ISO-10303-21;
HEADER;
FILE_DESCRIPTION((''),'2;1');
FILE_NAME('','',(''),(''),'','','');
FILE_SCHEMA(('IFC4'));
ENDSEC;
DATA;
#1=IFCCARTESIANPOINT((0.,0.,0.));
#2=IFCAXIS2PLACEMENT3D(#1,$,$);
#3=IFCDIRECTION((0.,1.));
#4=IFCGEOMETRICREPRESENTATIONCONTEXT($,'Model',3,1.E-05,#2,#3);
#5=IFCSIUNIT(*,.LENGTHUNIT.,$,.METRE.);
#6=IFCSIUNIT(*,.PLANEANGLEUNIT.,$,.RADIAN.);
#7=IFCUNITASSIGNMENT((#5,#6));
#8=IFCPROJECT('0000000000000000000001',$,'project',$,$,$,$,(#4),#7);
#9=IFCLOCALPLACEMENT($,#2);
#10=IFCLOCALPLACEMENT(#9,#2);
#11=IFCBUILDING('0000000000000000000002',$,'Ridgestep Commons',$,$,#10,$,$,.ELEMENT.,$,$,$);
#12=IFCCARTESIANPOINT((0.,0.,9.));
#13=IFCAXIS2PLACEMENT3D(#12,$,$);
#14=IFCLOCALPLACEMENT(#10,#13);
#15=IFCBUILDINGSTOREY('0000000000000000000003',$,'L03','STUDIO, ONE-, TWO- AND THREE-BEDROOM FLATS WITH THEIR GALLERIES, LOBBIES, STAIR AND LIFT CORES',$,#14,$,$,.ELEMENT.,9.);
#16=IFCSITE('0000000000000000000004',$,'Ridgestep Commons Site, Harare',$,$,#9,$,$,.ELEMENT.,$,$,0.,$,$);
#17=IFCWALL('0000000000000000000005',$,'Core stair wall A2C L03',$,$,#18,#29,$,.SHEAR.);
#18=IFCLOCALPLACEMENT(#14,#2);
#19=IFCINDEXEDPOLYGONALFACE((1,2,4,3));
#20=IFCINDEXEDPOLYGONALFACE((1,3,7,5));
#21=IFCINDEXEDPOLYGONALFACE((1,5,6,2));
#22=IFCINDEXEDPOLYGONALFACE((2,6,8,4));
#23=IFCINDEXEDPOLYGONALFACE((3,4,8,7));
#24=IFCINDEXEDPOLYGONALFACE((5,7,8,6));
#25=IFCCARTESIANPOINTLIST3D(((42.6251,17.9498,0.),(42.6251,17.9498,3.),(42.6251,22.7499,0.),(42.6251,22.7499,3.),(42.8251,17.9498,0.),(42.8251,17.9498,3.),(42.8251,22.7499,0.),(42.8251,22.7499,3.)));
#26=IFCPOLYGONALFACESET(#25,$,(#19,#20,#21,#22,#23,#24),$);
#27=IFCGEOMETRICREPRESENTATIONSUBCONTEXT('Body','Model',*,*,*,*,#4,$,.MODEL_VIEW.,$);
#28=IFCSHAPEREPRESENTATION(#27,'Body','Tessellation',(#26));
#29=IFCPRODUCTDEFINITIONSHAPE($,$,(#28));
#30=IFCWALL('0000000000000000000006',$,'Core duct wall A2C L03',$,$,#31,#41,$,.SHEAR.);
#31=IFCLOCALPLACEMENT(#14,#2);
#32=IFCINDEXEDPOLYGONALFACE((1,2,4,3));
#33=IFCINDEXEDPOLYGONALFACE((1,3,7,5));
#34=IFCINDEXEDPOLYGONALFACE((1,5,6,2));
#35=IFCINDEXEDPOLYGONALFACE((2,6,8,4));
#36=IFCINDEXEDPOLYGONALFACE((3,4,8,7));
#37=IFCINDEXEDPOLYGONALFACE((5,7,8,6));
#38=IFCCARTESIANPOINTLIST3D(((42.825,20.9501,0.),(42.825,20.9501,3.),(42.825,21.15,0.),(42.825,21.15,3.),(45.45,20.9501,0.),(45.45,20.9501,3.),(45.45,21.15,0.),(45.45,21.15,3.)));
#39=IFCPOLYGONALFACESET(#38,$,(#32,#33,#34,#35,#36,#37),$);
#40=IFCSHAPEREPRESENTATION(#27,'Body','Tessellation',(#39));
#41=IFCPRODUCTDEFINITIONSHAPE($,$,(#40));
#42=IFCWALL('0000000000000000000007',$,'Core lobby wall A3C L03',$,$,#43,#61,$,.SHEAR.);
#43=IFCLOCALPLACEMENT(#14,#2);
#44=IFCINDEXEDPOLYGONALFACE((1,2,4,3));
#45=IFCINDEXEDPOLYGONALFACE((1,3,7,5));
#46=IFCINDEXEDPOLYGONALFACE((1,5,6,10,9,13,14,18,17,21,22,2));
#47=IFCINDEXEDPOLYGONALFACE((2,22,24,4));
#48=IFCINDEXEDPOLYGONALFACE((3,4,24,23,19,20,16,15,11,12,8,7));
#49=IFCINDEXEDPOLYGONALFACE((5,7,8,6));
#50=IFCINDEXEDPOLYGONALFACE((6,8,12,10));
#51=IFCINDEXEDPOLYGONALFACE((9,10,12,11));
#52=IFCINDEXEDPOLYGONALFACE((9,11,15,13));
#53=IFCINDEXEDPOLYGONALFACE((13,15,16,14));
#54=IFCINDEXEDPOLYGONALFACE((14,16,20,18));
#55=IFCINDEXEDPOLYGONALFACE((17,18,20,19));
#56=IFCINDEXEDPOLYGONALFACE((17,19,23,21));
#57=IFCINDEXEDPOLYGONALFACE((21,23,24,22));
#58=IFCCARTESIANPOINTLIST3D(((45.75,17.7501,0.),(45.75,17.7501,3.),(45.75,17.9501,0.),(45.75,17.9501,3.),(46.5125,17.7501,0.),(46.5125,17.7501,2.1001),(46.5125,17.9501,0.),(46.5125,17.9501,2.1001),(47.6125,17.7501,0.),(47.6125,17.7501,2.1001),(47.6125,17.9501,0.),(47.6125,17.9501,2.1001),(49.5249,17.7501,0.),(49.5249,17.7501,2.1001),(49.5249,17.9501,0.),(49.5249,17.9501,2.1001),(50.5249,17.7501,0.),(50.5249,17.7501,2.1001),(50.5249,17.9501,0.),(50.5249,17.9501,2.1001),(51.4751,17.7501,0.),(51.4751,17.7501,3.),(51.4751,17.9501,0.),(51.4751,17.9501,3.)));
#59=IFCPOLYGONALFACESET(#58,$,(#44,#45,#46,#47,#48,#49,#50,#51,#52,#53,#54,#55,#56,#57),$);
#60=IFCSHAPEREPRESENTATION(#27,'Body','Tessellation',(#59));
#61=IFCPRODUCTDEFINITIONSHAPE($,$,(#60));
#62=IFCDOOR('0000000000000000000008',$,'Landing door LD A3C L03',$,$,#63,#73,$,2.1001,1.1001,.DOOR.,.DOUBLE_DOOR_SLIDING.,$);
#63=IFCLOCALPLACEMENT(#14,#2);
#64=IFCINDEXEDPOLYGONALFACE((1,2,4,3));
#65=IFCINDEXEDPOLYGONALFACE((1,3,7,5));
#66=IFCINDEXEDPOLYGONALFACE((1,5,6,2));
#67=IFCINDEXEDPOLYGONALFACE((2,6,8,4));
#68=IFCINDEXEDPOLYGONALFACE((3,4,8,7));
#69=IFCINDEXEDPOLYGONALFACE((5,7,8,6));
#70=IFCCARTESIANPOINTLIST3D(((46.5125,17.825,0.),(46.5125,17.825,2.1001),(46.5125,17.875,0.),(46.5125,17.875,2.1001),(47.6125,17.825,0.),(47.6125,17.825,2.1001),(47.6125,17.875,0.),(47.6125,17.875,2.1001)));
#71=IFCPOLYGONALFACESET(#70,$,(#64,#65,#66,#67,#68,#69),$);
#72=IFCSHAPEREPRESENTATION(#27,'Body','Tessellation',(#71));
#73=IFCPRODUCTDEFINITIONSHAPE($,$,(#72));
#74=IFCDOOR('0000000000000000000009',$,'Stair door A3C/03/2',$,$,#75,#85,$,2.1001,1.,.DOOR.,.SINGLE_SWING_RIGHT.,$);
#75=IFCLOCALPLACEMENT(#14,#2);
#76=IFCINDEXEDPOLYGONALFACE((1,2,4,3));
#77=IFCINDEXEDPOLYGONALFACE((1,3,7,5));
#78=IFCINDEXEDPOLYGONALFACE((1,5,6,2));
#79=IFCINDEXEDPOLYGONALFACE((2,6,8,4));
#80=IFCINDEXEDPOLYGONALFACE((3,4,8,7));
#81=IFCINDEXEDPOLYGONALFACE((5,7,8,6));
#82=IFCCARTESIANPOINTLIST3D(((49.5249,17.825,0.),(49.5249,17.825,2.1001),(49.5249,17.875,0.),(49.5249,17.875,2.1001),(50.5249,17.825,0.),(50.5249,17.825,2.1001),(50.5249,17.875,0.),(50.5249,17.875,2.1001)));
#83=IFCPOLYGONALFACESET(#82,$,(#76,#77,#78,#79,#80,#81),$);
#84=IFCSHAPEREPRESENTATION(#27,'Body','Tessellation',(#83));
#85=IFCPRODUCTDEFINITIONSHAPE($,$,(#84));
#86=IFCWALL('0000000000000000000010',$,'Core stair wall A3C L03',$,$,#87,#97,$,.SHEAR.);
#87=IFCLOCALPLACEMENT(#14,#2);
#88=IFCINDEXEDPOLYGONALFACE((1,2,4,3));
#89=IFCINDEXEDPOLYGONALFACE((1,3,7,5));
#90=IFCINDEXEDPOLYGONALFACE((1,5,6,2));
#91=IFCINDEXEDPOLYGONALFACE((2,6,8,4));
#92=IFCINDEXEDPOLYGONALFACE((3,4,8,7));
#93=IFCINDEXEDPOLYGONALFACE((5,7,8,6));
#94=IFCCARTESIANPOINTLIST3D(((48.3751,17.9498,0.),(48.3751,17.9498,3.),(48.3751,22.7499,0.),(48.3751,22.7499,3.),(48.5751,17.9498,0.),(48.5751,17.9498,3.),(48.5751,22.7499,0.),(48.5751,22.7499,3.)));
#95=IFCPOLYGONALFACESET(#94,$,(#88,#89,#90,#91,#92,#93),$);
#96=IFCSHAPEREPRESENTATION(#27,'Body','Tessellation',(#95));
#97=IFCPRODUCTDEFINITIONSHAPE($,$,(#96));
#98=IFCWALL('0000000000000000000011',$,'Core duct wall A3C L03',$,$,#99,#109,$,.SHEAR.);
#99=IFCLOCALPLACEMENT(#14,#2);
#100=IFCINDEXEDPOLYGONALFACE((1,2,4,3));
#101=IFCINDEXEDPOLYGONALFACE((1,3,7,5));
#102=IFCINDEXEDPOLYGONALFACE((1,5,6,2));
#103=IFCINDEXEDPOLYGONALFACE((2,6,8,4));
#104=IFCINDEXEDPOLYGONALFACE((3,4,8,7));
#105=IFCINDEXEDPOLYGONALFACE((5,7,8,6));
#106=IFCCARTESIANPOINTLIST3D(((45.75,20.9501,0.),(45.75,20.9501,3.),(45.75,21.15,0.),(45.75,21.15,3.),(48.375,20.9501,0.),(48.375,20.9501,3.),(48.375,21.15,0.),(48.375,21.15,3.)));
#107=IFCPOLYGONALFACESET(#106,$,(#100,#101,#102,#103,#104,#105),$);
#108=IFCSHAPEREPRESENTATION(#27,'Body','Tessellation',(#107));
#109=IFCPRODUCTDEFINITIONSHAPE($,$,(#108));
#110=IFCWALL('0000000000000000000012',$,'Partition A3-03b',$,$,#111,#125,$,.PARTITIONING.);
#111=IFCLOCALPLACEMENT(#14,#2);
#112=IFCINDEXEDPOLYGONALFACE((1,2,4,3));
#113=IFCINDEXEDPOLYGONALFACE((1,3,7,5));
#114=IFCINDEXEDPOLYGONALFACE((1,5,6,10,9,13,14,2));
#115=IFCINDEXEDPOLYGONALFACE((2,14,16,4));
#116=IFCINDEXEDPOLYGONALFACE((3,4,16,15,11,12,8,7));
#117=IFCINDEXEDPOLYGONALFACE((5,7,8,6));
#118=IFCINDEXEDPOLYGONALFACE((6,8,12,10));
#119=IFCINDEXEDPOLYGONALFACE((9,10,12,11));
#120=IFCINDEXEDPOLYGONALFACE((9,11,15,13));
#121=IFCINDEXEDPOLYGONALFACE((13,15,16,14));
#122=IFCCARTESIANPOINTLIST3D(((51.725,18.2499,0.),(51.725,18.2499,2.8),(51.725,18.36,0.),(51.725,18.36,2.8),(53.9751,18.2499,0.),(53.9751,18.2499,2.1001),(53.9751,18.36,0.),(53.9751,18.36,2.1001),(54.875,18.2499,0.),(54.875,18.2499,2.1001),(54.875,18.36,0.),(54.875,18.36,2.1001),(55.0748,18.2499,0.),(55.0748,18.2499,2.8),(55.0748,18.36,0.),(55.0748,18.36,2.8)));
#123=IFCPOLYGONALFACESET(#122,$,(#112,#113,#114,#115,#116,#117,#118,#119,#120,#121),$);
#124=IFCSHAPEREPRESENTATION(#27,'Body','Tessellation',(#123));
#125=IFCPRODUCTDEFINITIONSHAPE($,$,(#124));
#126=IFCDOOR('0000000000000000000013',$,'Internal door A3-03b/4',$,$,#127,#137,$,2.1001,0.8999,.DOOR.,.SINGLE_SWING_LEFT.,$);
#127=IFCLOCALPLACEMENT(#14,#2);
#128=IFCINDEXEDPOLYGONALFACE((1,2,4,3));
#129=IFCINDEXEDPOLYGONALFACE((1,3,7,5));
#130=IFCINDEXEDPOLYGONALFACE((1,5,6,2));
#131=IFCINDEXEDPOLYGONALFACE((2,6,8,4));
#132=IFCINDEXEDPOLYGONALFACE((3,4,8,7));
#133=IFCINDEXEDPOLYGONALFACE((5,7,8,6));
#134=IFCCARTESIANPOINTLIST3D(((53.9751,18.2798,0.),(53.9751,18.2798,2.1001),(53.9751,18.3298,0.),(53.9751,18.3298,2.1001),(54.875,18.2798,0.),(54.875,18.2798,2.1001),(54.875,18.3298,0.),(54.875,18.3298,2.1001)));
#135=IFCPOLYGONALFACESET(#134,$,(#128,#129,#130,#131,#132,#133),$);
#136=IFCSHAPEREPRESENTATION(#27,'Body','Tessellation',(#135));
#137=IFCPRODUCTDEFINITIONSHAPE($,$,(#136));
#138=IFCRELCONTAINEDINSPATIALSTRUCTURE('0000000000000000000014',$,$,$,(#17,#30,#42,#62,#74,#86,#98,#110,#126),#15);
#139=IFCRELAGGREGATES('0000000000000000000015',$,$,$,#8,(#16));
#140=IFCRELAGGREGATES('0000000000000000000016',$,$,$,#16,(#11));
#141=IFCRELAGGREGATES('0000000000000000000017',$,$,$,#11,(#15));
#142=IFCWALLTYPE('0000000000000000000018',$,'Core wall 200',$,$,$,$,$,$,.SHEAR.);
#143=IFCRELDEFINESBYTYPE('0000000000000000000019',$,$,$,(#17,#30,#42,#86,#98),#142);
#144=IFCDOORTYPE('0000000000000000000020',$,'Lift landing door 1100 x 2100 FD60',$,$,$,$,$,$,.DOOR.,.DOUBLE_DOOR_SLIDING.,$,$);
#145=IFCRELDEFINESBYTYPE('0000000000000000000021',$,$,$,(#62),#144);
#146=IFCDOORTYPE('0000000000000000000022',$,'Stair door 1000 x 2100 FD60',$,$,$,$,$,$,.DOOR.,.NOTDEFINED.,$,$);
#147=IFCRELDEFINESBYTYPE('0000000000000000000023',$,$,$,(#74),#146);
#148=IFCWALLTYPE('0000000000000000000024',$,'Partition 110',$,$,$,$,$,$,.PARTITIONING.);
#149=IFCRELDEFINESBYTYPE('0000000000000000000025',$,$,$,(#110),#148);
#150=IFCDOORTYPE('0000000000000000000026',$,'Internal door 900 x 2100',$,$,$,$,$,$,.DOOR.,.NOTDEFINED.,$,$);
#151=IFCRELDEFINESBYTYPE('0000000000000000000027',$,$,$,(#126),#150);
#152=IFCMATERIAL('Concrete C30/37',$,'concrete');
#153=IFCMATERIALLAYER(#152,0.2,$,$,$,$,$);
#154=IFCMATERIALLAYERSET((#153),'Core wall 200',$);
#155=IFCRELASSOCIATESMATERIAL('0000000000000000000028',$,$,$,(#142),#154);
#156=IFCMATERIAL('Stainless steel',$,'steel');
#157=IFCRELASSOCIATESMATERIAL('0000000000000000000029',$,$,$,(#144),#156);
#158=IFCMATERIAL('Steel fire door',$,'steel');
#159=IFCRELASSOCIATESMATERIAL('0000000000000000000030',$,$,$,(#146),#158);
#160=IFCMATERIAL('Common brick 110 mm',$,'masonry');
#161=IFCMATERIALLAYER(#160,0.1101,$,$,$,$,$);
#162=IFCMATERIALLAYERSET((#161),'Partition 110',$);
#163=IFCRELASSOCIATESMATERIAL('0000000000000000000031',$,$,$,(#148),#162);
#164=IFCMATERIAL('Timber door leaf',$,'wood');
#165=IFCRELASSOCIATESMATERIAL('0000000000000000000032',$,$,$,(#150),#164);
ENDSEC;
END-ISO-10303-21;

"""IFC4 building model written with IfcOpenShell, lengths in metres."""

from ifc_helpers import new_model, si_unit, direction, frame, frame_2d, origin, place, context, subcontext, project, spatial, rectangle, extrude, material, layer, layer_set, type_object, element, fill, save


model = new_model("IFC4")

# Units and contexts
model_context = context("Model", 3, precision=1e-05, world=origin(), true_north=direction((0.0, 1.0)))
body_context = subcontext(model_context, "Body", "Model", "MODEL_VIEW")
ifc_project = project(units=[si_unit("LENGTHUNIT", "METRE"), si_unit("PLANEANGLEUNIT", "RADIAN")], contexts=[model_context])

# Site, building, storey
site_placement = place(None, origin())
site = spatial("IfcSite", under=ifc_project, at=site_placement, Name="Ridgestep Commons Site, Harare", CompositionType="ELEMENT", RefElevation=0.0)
building_placement = place(site_placement, origin())
building = spatial("IfcBuilding", under=site, at=building_placement, Name="Ridgestep Commons", CompositionType="ELEMENT")
storey_placement = place(building_placement, frame((0.0, 0.0, 9.0)))
storey = spatial("IfcBuildingStorey", under=building, at=storey_placement, Name="L03", Description="STUDIO, ONE-, TWO- AND THREE-BEDROOM FLATS WITH THEIR GALLERIES, LOBBIES, STAIR AND LIFT CORES", CompositionType="ELEMENT", Elevation=9.0)

# Walls
ifc_material_1 = material(Name="Concrete C30/37", Category="concrete")
ifc_layer_1 = layer(ifc_material_1, 0.2)
ifc_layer_set_1 = layer_set([ifc_layer_1], Name="Core wall 200")
wall_type_1 = type_object("IfcWallType", Name="Core wall 200", PredefinedType="SHEAR", material=ifc_layer_set_1)
wall_1_placement = place(storey_placement, frame((42.7251, 17.95, 0.0), z_axis=(0.0, 0.0, 1.0), x_axis=(0.0, 1.0, 0.0)))
element("IfcWall", 1, at=wall_1_placement, inside=storey, type_object=wall_type_1, Name="Core stair wall A2C L03", PredefinedType="SHEAR", context=body_context, shape_type="SweptSolid", body=[
    extrude(rectangle(XDim=4.8, YDim=0.2, at=frame_2d((2.3999, 0.0))), origin(), (0.0, 0.0, 1.0), 3.0),
])
wall_2_placement = place(storey_placement, frame((42.825, 21.05, 0.0), z_axis=(0.0, 0.0, 1.0), x_axis=(1.0, 0.0, 0.0)))
element("IfcWall", 2, at=wall_2_placement, inside=storey, type_object=wall_type_1, Name="Core duct wall A2C L03", PredefinedType="SHEAR", context=body_context, shape_type="SweptSolid", body=[
    extrude(rectangle(XDim=2.625, YDim=0.2, at=frame_2d((1.3125, 0.0))), origin(), (0.0, 0.0, 1.0), 3.0),
])

# Wall, openings, doors
wall_3_placement = place(storey_placement, frame((45.75, 17.8501, 0.0), z_axis=(0.0, 0.0, 1.0), x_axis=(1.0, 0.0, 0.0)))
wall_3 = element("IfcWall", 3, at=wall_3_placement, inside=storey, type_object=wall_type_1, Name="Core lobby wall A3C L03", PredefinedType="SHEAR", context=body_context, shape_type="SweptSolid", body=[
    extrude(rectangle(XDim=5.7251, YDim=0.2, at=frame_2d((2.8625, 0.0))), origin(), (0.0, 0.0, 1.0), 3.0),
])
opening_1_placement = place(wall_3_placement, frame((3.7749, 0.0, 0.0)))
opening_1 = element("IfcOpeningElement", 4, at=opening_1_placement, cuts=wall_3, PredefinedType="OPENING", context=body_context, shape_type="SweptSolid", body=[
    extrude(rectangle(XDim=1.0, YDim=2.1001, at=frame_2d((0.5, 1.05))), frame((0.0, 0.1099, 0.0), z_axis=(0.0, -1.0, 0.0), x_axis=(1.0, 0.0, 0.0)), (0.0, 0.0, 1.0), 0.22),
])
opening_2_placement = place(wall_3_placement, frame((0.7625, 0.0, 0.0)))
opening_2 = element("IfcOpeningElement", 5, at=opening_2_placement, cuts=wall_3, PredefinedType="OPENING", context=body_context, shape_type="SweptSolid", body=[
    extrude(rectangle(XDim=1.1001, YDim=2.1001, at=frame_2d((0.55, 1.05))), frame((0.0, 0.1099, 0.0), z_axis=(0.0, -1.0, 0.0), x_axis=(1.0, 0.0, 0.0)), (0.0, 0.0, 1.0), 0.22),
])
ifc_material_2 = material(Name="Stainless steel", Category="steel")
door_type_1 = type_object("IfcDoorType", Name="Lift landing door 1100 x 2100 FD60", OperationType="DOUBLE_DOOR_SLIDING", PredefinedType="DOOR", material=ifc_material_2)
door_1_placement = place(opening_2_placement, origin())
door_1 = element("IfcDoor", 6, at=door_1_placement, inside=storey, type_object=door_type_1, Name="Landing door LD A3C L03", OperationType="DOUBLE_DOOR_SLIDING", OverallHeight=2.1001, OverallWidth=1.1001, PredefinedType="DOOR", context=body_context, shape_type="SweptSolid", body=[
    extrude(rectangle(XDim=1.1001, YDim=2.1001, at=frame_2d((0.55, 1.05))), frame((0.0, 0.0249, 0.0), z_axis=(0.0, -1.0, 0.0), x_axis=(1.0, 0.0, 0.0)), (0.0, 0.0, 1.0), 0.05),
])
fill(opening_2, door_1)
ifc_material_3 = material(Name="Steel fire door", Category="steel")
door_type_2 = type_object("IfcDoorType", Name="Stair door 1000 x 2100 FD60", OperationType="NOTDEFINED", PredefinedType="DOOR", material=ifc_material_3)
door_2_placement = place(opening_1_placement, origin())
door_2 = element("IfcDoor", 7, at=door_2_placement, inside=storey, type_object=door_type_2, Name="Stair door A3C/03/2", OperationType="SINGLE_SWING_RIGHT", OverallHeight=2.1001, OverallWidth=1.0, PredefinedType="DOOR", context=body_context, shape_type="SweptSolid", body=[
    extrude(rectangle(XDim=1.0, YDim=2.1001, at=frame_2d((0.5, 1.05))), frame((0.0, 0.0249, 0.0), z_axis=(0.0, -1.0, 0.0), x_axis=(1.0, 0.0, 0.0)), (0.0, 0.0, 1.0), 0.05),
])
fill(opening_1, door_2)

# Walls
wall_4_placement = place(storey_placement, frame((48.4751, 17.95, 0.0), z_axis=(0.0, 0.0, 1.0), x_axis=(0.0, 1.0, 0.0)))
element("IfcWall", 8, at=wall_4_placement, inside=storey, type_object=wall_type_1, Name="Core stair wall A3C L03", PredefinedType="SHEAR", context=body_context, shape_type="SweptSolid", body=[
    extrude(rectangle(XDim=4.8, YDim=0.2, at=frame_2d((2.3999, 0.0))), origin(), (0.0, 0.0, 1.0), 3.0),
])
wall_5_placement = place(storey_placement, frame((45.75, 21.05, 0.0), z_axis=(0.0, 0.0, 1.0), x_axis=(1.0, 0.0, 0.0)))
element("IfcWall", 9, at=wall_5_placement, inside=storey, type_object=wall_type_1, Name="Core duct wall A3C L03", PredefinedType="SHEAR", context=body_context, shape_type="SweptSolid", body=[
    extrude(rectangle(XDim=2.625, YDim=0.2, at=frame_2d((1.3125, 0.0))), origin(), (0.0, 0.0, 1.0), 3.0),
])

# Wall, opening, door
ifc_material_4 = material(Name="Common brick 110 mm", Category="masonry")
ifc_layer_2 = layer(ifc_material_4, 0.1101)
ifc_layer_set_2 = layer_set([ifc_layer_2], Name="Partition 110")
wall_type_2 = type_object("IfcWallType", Name="Partition 110", PredefinedType="PARTITIONING", material=ifc_layer_set_2)
wall_6_placement = place(storey_placement, frame((51.7251, 18.3049, 0.0), z_axis=(0.0, 0.0, 1.0), x_axis=(1.0, 0.0, 0.0)))
wall_6 = element("IfcWall", 10, at=wall_6_placement, inside=storey, type_object=wall_type_2, Name="Partition A3-03b", PredefinedType="PARTITIONING", context=body_context, shape_type="SweptSolid", body=[
    extrude(rectangle(XDim=3.3499, YDim=0.1101, at=frame_2d((1.6748, 0.0))), origin(), (0.0, 0.0, 1.0), 2.8),
])
opening_3_placement = place(wall_6_placement, frame((2.25, 0.0, 0.0)))
opening_3 = element("IfcOpeningElement", 11, at=opening_3_placement, cuts=wall_6, PredefinedType="OPENING", context=body_context, shape_type="SweptSolid", body=[
    extrude(rectangle(XDim=0.8999, YDim=2.1001, at=frame_2d((0.45, 1.05))), frame((0.0, 0.0649, 0.0), z_axis=(0.0, -1.0, 0.0), x_axis=(1.0, 0.0, 0.0)), (0.0, 0.0, 1.0), 0.1301),
])
ifc_material_5 = material(Name="Timber door leaf", Category="wood")
door_type_3 = type_object("IfcDoorType", Name="Internal door 900 x 2100", OperationType="NOTDEFINED", PredefinedType="DOOR", material=ifc_material_5)
door_3_placement = place(opening_3_placement, origin())
door_3 = element("IfcDoor", 12, at=door_3_placement, inside=storey, type_object=door_type_3, Name="Internal door A3-03b/4", OperationType="SINGLE_SWING_LEFT", OverallHeight=2.1001, OverallWidth=0.8999, PredefinedType="DOOR", context=body_context, shape_type="SweptSolid", body=[
    extrude(rectangle(XDim=0.8999, YDim=2.1001, at=frame_2d((0.45, 1.05))), frame((0.0, 0.0249, 0.0), z_axis=(0.0, -1.0, 0.0), x_axis=(1.0, 0.0, 0.0)), (0.0, 0.0, 1.0), 0.05),
])
fill(opening_3, door_3)

save(model, "model.ifc")
